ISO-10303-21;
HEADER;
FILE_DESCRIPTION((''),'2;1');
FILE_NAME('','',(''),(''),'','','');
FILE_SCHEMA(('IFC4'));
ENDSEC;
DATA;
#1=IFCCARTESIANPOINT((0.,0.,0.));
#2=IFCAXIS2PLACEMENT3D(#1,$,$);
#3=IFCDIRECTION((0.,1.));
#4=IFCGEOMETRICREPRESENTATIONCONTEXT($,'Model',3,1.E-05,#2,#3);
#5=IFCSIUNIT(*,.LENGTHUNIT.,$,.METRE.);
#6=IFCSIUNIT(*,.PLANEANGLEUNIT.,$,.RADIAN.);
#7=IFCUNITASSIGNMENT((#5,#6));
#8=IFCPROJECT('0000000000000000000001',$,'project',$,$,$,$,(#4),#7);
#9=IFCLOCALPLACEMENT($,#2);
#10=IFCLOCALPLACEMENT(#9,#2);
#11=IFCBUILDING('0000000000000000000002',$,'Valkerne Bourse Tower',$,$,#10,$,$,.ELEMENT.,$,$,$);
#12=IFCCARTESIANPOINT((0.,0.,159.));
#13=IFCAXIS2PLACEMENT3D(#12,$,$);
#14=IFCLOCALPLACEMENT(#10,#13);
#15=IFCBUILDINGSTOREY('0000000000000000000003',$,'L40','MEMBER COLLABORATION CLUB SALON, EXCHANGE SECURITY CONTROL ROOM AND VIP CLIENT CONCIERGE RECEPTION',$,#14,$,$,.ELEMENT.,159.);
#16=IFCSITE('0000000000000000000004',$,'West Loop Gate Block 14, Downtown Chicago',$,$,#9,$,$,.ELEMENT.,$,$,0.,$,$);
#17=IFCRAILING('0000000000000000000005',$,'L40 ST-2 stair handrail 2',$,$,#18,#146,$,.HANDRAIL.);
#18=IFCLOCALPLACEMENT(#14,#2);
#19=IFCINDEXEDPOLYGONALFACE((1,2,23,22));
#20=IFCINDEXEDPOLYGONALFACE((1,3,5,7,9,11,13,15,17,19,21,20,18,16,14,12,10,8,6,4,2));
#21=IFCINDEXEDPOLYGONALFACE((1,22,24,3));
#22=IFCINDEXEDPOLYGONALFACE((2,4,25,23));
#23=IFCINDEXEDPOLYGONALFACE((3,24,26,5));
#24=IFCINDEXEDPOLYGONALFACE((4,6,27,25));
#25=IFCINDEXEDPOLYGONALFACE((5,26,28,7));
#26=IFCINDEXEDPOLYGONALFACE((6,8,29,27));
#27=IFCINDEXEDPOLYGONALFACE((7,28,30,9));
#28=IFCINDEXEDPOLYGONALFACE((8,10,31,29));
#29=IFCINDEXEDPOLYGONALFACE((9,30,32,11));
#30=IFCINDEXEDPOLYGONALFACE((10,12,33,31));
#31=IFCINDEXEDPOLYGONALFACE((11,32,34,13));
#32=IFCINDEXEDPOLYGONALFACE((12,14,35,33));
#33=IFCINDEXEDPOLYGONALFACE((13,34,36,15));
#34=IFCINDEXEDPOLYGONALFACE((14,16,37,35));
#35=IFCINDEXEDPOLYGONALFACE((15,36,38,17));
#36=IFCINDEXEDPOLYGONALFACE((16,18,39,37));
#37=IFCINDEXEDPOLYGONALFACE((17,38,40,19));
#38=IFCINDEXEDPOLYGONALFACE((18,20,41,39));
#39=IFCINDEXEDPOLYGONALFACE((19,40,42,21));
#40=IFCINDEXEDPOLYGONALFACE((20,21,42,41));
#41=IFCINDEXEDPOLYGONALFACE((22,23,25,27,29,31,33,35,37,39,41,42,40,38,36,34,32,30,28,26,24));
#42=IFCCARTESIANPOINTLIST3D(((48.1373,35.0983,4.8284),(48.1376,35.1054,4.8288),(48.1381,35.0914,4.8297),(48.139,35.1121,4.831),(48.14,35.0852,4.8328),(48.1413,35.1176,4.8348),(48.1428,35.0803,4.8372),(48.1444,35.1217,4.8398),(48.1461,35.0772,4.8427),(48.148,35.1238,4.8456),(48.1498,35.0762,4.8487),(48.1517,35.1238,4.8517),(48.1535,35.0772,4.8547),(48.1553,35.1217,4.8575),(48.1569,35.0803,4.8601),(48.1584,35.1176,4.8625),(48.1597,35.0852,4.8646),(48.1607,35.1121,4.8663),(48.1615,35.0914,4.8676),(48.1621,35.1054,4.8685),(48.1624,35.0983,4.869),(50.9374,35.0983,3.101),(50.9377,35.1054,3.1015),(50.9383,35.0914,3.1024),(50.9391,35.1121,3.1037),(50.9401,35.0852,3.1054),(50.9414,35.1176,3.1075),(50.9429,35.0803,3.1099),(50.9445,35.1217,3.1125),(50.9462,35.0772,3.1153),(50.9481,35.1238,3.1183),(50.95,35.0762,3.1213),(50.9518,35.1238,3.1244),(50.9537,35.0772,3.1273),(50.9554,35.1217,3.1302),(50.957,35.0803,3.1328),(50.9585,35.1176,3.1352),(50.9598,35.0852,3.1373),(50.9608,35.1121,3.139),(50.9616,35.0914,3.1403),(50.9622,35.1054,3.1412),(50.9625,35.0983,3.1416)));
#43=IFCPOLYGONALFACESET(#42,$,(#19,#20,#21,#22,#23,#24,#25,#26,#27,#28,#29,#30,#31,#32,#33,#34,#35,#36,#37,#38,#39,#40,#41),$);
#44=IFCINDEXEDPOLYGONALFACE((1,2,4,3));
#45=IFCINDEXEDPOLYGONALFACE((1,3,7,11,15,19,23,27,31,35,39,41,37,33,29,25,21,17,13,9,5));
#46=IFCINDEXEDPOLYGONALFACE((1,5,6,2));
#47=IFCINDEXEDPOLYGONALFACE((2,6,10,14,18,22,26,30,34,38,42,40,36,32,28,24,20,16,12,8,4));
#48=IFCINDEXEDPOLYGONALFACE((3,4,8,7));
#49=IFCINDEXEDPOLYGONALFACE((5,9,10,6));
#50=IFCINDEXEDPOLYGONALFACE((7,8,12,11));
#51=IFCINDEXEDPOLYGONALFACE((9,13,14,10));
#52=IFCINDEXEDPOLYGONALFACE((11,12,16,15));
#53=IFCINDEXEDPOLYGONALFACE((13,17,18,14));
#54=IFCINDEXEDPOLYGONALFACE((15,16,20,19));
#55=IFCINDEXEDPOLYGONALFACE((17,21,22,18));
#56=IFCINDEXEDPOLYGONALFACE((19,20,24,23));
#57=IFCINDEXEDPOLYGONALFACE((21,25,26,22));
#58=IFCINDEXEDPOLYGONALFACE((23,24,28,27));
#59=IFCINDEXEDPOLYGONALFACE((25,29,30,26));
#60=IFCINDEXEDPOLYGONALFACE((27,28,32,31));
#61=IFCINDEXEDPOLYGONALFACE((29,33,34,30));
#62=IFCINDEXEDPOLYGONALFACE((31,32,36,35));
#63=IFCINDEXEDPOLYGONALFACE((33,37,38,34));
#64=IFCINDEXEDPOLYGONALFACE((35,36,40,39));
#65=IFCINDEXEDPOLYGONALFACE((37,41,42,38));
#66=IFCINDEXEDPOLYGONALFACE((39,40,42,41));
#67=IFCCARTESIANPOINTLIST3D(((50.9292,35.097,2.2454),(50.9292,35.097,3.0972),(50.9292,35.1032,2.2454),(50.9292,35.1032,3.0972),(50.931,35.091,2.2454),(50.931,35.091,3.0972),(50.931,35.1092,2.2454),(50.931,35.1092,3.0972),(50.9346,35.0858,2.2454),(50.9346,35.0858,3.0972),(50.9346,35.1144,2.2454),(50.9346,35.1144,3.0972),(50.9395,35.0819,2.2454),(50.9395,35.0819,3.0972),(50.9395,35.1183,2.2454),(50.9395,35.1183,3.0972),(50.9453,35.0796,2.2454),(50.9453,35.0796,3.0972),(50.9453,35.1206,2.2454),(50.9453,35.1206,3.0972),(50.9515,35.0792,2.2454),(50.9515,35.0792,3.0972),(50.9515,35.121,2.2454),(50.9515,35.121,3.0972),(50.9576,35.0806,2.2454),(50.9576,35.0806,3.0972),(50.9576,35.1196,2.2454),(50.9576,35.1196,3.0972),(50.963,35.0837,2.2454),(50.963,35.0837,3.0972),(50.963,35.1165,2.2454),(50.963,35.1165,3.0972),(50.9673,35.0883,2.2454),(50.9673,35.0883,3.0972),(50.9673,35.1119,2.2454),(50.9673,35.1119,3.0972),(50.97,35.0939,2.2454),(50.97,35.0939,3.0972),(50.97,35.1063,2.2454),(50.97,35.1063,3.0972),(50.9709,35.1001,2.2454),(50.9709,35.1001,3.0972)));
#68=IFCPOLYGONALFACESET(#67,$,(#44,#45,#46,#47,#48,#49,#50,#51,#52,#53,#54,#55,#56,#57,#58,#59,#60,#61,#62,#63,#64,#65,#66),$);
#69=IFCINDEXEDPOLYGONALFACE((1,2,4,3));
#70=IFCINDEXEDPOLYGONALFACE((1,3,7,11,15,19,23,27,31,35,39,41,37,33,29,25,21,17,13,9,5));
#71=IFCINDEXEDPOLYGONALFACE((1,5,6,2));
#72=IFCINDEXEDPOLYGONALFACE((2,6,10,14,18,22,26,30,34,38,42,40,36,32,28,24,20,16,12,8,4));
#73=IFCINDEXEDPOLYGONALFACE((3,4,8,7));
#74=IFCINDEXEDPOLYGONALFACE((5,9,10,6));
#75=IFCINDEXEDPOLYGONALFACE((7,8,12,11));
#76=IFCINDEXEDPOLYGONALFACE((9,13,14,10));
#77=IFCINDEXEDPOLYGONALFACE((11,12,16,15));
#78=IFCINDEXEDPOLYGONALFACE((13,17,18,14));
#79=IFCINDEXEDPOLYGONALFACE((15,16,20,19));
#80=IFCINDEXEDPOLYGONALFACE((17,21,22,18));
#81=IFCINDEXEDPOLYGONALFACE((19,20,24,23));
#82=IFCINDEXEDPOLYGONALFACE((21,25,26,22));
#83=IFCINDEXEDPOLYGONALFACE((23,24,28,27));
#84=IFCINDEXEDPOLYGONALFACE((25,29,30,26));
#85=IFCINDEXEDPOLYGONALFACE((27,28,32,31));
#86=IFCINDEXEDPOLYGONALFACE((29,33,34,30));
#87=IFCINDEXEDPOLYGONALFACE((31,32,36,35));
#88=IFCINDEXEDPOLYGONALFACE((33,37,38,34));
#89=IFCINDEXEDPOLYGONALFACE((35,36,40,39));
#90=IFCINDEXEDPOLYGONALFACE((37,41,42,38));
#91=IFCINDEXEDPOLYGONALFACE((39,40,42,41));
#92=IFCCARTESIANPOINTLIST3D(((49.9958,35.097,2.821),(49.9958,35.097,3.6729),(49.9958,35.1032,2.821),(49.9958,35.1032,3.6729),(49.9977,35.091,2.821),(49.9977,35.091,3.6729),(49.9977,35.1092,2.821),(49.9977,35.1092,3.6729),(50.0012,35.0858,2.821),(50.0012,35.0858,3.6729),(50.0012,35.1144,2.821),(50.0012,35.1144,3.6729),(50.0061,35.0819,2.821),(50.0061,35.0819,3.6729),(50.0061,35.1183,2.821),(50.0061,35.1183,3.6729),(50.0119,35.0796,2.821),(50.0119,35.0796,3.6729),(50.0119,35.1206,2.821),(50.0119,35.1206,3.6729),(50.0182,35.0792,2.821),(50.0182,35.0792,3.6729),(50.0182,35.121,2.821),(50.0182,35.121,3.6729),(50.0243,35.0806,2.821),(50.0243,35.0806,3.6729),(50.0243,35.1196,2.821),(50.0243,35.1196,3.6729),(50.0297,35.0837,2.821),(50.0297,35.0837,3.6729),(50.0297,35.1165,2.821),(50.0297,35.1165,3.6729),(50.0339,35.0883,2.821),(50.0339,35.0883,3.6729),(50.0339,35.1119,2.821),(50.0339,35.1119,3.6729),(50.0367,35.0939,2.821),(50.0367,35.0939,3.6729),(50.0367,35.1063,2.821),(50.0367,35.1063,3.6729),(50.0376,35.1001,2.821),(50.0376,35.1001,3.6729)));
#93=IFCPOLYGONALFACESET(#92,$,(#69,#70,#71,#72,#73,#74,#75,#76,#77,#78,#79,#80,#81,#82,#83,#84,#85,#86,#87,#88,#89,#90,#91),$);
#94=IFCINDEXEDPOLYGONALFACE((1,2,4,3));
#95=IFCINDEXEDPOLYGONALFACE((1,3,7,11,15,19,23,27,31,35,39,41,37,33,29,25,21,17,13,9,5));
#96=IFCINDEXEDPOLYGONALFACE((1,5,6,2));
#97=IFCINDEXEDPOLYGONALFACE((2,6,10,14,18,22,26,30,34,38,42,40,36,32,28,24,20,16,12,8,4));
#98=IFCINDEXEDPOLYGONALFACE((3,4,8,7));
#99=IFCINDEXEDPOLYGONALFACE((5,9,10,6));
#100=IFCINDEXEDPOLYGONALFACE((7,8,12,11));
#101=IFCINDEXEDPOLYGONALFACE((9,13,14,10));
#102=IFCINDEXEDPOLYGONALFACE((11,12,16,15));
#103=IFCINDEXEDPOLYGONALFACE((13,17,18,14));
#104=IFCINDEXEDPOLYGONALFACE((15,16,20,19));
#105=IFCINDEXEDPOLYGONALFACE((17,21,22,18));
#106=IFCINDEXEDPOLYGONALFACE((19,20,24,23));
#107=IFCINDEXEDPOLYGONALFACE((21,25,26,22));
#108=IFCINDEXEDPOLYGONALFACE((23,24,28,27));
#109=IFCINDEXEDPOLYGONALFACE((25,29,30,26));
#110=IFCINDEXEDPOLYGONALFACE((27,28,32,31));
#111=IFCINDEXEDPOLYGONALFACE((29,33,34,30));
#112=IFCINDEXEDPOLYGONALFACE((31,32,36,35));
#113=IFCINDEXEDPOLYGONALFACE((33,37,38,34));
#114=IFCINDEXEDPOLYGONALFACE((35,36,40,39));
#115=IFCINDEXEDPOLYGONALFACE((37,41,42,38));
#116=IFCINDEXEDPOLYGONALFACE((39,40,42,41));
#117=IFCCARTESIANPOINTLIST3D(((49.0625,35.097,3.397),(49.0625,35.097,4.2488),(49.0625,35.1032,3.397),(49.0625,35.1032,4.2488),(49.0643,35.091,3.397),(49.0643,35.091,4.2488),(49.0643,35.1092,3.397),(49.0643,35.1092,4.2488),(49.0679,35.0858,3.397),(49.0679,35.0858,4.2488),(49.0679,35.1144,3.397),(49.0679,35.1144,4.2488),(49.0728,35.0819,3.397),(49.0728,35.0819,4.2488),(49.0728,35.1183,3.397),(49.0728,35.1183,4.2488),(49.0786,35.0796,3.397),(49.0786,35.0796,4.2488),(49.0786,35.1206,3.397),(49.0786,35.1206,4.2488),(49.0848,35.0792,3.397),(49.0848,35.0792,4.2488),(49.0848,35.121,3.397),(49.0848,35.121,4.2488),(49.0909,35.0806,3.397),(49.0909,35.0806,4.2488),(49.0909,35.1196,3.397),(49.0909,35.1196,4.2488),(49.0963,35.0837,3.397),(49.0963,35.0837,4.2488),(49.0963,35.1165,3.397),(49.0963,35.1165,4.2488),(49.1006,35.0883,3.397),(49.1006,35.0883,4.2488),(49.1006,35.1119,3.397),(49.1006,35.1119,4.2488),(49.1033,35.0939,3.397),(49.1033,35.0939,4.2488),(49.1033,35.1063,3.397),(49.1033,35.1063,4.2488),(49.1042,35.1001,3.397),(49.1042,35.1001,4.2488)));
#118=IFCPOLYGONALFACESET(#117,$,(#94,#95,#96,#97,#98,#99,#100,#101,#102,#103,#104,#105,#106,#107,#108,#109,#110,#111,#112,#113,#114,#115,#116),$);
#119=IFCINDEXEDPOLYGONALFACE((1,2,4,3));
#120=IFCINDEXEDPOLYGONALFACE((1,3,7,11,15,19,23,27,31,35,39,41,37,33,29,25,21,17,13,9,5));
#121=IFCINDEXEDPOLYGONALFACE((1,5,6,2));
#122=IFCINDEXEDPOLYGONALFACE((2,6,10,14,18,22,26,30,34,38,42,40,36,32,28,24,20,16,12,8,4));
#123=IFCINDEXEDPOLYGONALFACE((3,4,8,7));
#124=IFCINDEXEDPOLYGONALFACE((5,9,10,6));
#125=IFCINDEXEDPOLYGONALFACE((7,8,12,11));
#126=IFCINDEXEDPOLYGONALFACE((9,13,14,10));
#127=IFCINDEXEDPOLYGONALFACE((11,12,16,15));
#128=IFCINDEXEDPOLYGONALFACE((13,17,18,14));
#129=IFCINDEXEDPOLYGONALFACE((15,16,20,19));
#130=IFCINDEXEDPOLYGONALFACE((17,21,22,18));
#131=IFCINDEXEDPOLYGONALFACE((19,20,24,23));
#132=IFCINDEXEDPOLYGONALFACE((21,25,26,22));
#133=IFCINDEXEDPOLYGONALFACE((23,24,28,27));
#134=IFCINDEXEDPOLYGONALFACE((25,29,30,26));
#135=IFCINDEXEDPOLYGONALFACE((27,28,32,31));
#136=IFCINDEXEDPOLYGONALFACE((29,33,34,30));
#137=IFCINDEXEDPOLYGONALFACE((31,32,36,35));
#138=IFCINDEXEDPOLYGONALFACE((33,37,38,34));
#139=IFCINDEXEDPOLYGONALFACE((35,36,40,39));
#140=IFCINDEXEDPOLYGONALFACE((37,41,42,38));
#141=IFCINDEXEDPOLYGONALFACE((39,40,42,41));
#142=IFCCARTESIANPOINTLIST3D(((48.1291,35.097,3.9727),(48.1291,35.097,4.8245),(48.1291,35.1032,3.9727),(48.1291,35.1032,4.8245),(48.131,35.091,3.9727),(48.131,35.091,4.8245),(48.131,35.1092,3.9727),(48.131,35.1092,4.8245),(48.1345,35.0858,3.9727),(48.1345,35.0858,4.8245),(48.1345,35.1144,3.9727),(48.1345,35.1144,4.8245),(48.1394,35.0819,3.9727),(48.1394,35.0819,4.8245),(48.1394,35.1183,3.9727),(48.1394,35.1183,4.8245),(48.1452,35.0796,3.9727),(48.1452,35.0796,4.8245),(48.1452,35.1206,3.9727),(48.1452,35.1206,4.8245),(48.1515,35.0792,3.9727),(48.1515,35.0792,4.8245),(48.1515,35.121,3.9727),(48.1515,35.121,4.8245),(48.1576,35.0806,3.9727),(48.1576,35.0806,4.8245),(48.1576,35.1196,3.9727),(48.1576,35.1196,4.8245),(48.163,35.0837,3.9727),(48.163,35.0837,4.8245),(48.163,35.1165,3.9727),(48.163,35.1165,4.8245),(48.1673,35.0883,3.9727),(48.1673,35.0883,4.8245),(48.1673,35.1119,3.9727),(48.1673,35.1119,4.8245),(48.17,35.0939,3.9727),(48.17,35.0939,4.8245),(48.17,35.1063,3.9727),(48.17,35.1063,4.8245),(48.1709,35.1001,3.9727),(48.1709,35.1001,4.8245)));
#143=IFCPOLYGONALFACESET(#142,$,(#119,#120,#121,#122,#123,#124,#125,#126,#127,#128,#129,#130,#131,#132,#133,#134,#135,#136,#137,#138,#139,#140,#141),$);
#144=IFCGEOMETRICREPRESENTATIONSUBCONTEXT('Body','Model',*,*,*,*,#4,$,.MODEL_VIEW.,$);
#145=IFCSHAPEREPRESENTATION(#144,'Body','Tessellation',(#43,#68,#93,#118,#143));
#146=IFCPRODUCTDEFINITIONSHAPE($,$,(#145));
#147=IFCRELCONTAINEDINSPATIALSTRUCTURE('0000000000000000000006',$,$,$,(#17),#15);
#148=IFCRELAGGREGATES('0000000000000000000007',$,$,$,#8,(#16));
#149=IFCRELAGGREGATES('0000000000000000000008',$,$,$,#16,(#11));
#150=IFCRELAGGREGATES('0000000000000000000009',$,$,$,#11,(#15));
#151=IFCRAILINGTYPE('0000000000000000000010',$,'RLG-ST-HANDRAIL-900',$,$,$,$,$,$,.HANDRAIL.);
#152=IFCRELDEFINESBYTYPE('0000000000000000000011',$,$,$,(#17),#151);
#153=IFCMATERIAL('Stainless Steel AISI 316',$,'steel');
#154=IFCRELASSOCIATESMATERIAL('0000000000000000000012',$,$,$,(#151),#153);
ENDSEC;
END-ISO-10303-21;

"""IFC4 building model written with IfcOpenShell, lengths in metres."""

from ifc_helpers import new_model, si_unit, direction, frame, origin, origin_2d, place, context, subcontext, project, spatial, circle, extrude, material, type_object, element, save


model = new_model("IFC4")

# Units and contexts
model_context = context("Model", 3, precision=1e-05, world=origin(), true_north=direction((0.0, 1.0)))
body_context = subcontext(model_context, "Body", "Model", "MODEL_VIEW")
ifc_project = project(units=[si_unit("LENGTHUNIT", "METRE"), si_unit("PLANEANGLEUNIT", "RADIAN")], contexts=[model_context])

# Site, building, storey
site_placement = place(None, origin())
site = spatial("IfcSite", under=ifc_project, at=site_placement, Name="West Loop Gate Block 14, Downtown Chicago", CompositionType="ELEMENT", RefElevation=0.0)
building_placement = place(site_placement, origin())
building = spatial("IfcBuilding", under=site, at=building_placement, Name="Valkerne Bourse Tower", CompositionType="ELEMENT")
storey_placement = place(building_placement, frame((0.0, 0.0, 159.0)))
storey = spatial("IfcBuildingStorey", under=building, at=storey_placement, Name="L40", Description="MEMBER COLLABORATION CLUB SALON, EXCHANGE SECURITY CONTROL ROOM AND VIP CLIENT CONCIERGE RECEPTION", CompositionType="ELEMENT", Elevation=159.0)

# Railing
ifc_material_1 = material(Name="Stainless Steel AISI 316", Category="steel")
railing_type_1 = type_object("IfcRailingType", Name="RLG-ST-HANDRAIL-900", PredefinedType="HANDRAIL", material=ifc_material_1)
railing_1_placement = place(storey_placement, frame((50.95, 35.1001, 2.2454)))
element("IfcRailing", 1, at=railing_1_placement, inside=storey, type_object=railing_type_1, Name="L40 ST-2 stair handrail 2", PredefinedType="HANDRAIL", context=body_context, shape_type="SweptSolid", body=[
    extrude(circle(Radius=0.0239, at=origin_2d()), frame((0.0, 0.0, 0.876), z_axis=(-0.85109, 0.0, 0.52502), x_axis=(0.0, -1.0, 0.0)), (0.0, 0.0, 1.0), 3.29),
    extrude(circle(Radius=0.021, at=origin_2d()), origin(), (0.0, 0.0, 1.0), 0.8518),
    extrude(circle(Radius=0.021, at=origin_2d()), frame((-0.9333, 0.0, 0.5757)), (0.0, 0.0, 1.0), 0.8518),
    extrude(circle(Radius=0.021, at=origin_2d()), frame((-1.8667, 0.0, 1.1516)), (0.0, 0.0, 1.0), 0.8518),
    extrude(circle(Radius=0.021, at=origin_2d()), frame((-2.8, 0.0, 1.7273)), (0.0, 0.0, 1.0), 0.8518),
])

save(model, "model.ifc")
